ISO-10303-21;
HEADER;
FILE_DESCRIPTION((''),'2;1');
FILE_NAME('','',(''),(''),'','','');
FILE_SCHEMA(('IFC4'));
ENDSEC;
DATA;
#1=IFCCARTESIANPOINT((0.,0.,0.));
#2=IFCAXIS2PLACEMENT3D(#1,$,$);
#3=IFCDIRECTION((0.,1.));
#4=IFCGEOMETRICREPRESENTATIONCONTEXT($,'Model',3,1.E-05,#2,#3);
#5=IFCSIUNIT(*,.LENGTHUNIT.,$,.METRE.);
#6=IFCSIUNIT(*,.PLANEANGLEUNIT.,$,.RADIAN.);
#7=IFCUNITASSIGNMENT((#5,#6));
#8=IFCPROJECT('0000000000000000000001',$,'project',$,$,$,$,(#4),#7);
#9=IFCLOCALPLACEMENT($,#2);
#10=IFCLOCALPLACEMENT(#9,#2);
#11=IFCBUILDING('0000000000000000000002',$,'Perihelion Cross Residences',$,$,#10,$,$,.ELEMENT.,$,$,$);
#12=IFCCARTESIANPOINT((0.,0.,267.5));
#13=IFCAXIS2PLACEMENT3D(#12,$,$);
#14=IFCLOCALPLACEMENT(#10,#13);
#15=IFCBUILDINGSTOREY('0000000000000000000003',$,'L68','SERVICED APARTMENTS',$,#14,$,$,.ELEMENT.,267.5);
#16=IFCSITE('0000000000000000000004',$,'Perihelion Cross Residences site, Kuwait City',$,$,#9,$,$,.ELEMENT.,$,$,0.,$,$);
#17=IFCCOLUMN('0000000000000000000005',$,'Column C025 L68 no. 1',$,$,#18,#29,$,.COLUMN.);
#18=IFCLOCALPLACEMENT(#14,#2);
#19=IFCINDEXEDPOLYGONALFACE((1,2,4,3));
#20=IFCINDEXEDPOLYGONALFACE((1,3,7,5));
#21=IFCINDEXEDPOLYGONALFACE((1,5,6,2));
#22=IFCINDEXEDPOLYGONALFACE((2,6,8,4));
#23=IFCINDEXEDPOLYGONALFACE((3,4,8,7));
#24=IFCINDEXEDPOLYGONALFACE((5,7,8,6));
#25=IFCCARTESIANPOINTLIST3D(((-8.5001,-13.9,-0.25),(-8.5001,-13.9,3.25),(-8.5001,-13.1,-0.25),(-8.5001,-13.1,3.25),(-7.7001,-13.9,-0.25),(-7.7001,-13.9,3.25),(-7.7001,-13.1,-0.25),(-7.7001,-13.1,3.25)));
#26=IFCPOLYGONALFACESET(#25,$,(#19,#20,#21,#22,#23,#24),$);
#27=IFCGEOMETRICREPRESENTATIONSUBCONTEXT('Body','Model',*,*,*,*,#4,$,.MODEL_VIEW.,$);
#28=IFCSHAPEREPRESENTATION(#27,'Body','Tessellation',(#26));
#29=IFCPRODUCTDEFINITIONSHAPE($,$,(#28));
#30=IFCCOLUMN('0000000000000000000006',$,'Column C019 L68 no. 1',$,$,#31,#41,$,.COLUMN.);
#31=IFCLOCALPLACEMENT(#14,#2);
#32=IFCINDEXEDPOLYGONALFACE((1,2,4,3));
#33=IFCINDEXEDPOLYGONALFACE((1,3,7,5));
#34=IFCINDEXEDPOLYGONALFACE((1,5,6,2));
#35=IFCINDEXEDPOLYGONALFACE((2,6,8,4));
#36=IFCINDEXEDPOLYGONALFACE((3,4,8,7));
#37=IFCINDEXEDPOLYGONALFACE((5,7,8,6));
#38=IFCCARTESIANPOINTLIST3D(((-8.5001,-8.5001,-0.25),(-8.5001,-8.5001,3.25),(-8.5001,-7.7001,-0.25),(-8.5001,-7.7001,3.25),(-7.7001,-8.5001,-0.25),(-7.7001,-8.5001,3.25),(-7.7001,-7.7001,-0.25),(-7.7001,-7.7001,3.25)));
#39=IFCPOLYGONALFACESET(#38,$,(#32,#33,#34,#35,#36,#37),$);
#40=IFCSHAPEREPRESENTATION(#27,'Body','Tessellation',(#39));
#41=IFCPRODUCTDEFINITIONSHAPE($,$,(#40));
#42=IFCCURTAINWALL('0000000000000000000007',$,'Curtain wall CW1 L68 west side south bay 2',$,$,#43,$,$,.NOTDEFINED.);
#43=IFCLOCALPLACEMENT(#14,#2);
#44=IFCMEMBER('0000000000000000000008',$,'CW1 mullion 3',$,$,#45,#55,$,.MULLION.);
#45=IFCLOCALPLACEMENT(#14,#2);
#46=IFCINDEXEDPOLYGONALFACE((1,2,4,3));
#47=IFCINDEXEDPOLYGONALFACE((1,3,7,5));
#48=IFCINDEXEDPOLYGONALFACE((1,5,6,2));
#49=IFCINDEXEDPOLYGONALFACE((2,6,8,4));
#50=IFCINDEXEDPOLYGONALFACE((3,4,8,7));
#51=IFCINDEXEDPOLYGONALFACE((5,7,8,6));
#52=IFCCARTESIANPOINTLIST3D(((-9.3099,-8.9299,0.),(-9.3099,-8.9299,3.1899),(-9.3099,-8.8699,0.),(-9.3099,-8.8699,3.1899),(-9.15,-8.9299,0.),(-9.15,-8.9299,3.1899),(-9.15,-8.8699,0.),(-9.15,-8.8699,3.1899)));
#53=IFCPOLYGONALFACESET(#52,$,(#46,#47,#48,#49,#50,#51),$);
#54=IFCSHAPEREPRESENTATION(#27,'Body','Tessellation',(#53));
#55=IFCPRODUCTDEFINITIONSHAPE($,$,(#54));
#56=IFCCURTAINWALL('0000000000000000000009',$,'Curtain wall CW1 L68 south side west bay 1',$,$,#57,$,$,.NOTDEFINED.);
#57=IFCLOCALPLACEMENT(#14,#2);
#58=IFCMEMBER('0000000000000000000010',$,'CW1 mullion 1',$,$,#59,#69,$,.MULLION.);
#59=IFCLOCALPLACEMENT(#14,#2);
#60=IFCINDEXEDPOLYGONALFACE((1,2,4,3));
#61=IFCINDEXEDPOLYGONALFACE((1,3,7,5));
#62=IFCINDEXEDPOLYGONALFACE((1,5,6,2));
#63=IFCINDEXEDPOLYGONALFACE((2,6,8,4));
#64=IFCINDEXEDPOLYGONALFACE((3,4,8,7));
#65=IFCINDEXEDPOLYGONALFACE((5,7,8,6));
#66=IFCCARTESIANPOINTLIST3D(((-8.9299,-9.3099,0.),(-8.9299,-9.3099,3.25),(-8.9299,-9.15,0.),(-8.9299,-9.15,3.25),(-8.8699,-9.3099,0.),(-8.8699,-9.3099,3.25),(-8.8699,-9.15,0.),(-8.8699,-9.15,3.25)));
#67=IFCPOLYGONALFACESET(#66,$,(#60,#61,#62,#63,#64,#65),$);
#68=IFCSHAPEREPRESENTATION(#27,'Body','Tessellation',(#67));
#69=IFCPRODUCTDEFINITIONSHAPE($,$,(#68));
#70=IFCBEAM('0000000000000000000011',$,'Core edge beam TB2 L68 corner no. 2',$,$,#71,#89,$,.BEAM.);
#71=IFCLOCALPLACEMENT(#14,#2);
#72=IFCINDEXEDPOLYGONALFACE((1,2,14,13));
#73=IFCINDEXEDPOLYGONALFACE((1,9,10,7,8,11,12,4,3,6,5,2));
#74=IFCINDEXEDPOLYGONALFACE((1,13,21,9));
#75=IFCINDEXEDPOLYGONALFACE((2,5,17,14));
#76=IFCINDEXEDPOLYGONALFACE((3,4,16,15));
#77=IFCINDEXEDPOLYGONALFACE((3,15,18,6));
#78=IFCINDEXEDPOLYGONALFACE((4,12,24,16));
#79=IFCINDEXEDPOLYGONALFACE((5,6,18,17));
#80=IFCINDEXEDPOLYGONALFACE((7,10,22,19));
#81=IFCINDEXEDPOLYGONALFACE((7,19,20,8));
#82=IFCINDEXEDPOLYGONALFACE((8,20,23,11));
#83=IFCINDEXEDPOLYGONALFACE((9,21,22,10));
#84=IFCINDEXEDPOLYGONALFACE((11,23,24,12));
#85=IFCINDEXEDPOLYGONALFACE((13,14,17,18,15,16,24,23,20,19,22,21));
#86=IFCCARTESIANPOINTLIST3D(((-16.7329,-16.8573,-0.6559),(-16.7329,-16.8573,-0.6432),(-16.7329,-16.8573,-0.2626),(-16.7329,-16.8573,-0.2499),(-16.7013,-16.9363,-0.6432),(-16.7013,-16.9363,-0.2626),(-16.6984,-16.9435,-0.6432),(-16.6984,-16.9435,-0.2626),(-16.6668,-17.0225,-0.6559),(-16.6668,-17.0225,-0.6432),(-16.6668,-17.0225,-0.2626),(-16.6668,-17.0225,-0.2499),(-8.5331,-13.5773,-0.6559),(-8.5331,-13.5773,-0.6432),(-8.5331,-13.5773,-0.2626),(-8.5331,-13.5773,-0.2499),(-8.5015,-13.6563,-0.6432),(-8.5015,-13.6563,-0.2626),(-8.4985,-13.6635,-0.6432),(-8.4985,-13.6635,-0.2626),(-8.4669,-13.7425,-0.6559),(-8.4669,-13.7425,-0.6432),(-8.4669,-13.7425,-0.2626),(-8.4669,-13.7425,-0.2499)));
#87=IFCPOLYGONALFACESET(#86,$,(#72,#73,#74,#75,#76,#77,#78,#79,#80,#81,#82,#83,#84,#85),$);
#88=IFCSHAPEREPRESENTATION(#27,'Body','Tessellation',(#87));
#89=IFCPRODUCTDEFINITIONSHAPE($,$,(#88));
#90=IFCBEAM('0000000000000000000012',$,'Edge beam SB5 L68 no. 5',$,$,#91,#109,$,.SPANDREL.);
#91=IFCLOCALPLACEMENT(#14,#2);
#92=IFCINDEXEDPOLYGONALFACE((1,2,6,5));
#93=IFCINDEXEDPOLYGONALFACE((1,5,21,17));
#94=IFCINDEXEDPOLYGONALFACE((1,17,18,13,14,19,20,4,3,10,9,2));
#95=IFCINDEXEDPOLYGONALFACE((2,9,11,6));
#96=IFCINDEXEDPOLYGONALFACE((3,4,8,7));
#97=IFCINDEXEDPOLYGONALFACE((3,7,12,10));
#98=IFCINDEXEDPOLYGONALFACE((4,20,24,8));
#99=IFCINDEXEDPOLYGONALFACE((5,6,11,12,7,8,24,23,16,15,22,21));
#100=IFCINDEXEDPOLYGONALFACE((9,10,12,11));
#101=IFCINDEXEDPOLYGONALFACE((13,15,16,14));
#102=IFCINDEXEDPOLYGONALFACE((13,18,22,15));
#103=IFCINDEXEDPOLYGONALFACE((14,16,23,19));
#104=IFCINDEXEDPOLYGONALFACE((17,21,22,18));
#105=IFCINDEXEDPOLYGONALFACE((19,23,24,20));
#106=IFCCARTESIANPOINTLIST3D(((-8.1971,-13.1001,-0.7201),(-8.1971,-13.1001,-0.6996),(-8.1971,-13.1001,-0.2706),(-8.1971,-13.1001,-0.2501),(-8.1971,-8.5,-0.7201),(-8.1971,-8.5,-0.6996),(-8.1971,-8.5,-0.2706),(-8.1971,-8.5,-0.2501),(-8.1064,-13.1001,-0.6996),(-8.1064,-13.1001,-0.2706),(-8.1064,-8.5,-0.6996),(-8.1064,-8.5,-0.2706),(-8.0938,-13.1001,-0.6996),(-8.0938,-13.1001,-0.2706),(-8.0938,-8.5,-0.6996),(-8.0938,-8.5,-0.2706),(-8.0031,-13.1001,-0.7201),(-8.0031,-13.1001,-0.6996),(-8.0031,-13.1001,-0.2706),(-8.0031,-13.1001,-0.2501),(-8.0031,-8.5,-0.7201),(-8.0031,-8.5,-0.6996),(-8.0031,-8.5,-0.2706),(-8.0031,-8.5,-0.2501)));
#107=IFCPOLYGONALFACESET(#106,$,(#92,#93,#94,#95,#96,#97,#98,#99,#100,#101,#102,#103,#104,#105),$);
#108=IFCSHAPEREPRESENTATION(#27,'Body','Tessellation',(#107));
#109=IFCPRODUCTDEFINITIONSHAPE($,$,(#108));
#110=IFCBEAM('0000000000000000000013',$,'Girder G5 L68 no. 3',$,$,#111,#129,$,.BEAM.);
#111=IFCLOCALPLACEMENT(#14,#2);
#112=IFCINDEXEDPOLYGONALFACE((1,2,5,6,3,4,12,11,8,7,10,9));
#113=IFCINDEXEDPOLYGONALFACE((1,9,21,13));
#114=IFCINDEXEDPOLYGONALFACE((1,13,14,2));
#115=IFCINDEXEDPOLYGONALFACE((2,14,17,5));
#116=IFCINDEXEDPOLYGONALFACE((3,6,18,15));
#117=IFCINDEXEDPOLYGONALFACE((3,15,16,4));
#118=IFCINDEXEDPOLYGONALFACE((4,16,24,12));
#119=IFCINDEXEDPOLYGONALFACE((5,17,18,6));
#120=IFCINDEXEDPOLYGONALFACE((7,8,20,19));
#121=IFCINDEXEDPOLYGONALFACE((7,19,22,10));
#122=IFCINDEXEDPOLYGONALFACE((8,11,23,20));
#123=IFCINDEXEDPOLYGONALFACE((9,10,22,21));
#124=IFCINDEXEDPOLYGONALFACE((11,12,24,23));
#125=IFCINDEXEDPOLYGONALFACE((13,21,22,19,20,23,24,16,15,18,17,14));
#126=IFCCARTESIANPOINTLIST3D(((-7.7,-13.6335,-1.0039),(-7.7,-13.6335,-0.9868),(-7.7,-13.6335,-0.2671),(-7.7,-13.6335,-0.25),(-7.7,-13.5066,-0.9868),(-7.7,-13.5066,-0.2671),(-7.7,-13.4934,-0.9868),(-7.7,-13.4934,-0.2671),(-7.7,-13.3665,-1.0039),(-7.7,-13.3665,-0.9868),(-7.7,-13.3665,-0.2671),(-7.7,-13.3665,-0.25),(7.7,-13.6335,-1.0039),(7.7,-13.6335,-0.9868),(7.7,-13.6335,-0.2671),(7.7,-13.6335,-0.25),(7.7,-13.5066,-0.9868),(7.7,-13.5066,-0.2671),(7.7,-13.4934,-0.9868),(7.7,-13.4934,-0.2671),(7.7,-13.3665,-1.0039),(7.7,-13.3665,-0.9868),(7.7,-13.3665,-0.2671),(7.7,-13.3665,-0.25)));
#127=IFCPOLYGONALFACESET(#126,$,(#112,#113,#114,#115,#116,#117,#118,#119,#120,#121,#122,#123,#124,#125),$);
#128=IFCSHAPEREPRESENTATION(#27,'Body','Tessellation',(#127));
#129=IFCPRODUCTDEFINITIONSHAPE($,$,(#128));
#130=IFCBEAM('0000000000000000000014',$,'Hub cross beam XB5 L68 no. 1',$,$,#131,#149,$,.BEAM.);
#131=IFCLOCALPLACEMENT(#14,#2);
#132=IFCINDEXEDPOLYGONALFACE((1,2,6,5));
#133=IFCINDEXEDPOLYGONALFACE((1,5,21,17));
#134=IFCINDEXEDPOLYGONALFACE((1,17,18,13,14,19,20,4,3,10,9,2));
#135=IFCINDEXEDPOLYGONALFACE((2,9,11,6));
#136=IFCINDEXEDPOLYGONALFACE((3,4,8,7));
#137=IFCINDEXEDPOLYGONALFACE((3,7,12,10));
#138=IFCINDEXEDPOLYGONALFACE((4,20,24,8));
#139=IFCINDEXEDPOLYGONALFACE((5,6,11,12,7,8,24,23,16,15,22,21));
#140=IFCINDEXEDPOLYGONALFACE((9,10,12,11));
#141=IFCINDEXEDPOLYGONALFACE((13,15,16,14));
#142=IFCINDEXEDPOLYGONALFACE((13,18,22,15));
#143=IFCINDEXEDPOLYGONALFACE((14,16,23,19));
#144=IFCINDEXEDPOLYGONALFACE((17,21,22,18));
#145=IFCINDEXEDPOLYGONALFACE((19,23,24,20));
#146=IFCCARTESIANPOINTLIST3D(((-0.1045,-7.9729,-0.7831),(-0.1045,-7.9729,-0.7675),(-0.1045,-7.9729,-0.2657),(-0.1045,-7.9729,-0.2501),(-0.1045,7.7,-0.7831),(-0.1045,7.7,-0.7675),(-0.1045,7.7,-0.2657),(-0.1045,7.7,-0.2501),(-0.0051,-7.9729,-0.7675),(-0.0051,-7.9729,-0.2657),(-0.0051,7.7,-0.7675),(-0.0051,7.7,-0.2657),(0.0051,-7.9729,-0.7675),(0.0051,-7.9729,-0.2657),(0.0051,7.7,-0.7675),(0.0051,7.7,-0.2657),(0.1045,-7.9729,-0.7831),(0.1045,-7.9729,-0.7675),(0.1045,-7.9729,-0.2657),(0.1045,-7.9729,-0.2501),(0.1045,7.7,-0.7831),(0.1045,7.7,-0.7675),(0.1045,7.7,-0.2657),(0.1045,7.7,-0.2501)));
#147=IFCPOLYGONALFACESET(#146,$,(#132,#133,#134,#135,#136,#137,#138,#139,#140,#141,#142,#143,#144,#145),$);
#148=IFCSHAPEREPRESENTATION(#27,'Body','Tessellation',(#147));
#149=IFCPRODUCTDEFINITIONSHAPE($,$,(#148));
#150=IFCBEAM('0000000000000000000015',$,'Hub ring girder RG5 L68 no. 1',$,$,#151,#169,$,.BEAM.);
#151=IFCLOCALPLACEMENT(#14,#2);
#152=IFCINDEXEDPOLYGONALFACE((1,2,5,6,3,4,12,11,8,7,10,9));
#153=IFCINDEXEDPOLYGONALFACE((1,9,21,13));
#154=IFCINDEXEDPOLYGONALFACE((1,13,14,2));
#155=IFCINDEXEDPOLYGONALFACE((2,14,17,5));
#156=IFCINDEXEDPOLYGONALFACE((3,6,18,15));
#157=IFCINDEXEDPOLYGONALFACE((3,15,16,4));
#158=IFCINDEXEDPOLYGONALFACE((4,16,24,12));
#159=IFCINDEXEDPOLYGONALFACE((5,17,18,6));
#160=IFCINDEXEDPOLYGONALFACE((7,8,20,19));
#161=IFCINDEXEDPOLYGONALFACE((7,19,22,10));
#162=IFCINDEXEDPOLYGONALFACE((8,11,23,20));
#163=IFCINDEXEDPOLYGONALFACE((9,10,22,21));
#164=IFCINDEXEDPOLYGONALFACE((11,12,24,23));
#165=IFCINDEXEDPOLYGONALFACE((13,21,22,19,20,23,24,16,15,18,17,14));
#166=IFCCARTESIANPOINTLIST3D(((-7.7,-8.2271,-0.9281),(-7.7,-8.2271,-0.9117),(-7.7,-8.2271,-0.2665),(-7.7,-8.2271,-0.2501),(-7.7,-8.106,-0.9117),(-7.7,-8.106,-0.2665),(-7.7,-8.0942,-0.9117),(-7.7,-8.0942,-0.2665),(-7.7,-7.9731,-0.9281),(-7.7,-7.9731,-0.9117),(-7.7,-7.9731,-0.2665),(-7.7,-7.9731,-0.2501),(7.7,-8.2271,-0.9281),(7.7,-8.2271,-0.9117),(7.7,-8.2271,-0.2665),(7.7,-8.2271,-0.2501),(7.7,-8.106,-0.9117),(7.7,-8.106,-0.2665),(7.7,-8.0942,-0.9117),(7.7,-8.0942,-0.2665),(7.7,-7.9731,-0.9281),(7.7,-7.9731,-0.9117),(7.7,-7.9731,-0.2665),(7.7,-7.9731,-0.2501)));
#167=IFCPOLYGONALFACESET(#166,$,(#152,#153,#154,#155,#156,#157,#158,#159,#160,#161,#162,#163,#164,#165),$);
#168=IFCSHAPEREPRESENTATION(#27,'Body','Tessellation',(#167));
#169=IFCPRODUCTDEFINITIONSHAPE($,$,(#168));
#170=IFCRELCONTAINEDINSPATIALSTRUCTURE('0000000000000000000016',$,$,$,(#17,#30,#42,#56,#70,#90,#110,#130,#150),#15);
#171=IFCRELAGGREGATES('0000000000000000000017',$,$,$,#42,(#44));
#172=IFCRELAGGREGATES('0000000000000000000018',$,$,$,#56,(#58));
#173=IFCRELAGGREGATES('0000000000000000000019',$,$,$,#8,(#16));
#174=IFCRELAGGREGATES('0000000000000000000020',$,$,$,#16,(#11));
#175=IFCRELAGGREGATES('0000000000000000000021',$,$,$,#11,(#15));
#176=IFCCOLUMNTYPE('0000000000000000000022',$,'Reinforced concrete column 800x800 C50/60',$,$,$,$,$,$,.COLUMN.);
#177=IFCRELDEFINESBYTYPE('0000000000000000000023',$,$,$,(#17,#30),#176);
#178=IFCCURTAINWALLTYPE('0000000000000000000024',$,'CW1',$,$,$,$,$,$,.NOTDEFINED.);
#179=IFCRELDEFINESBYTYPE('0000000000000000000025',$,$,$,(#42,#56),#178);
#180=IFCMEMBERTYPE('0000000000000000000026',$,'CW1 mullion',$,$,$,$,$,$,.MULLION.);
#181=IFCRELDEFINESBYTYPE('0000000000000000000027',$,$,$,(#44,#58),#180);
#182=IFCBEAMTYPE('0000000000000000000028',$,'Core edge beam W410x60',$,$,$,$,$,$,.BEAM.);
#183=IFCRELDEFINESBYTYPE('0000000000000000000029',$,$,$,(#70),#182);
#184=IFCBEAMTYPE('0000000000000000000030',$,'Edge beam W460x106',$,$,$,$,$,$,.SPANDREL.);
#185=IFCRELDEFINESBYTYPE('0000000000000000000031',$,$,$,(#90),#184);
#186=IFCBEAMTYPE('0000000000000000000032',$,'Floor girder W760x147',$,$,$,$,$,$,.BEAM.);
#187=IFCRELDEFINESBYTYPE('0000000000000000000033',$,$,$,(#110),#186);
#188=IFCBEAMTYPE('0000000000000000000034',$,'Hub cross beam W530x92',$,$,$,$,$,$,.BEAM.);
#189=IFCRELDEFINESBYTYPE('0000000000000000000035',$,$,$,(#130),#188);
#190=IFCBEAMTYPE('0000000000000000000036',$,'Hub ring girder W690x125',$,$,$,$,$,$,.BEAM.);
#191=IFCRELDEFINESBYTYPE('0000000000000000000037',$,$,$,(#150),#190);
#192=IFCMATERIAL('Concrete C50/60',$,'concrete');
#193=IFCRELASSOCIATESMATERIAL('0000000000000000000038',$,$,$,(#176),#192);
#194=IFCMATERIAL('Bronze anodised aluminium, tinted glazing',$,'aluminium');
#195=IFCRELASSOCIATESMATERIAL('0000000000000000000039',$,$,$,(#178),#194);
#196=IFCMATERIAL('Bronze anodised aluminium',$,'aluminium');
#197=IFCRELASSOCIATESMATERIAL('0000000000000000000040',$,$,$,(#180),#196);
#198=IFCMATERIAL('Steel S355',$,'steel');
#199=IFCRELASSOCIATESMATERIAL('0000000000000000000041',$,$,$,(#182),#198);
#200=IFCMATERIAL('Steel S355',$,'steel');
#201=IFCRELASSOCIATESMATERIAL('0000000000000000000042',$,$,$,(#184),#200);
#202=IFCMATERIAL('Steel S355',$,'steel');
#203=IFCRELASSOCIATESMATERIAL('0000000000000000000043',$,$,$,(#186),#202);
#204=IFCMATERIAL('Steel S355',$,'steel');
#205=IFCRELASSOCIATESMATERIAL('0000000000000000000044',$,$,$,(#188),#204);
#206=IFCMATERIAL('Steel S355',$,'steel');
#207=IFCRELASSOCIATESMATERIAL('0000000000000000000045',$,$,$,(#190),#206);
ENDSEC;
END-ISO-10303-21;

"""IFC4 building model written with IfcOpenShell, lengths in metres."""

from ifc_helpers import new_model, si_unit, direction, frame, origin, origin_2d, place, context, subcontext, project, spatial, rectangle, i_section, extrude, material, material_profile, profile_set, type_object, element, aggregate, save


model = new_model("IFC4")

# Units and contexts
model_context = context("Model", 3, precision=1e-05, world=origin(), true_north=direction((0.0, 1.0)))
body_context = subcontext(model_context, "Body", "Model", "MODEL_VIEW")
ifc_project = project(units=[si_unit("LENGTHUNIT", "METRE"), si_unit("PLANEANGLEUNIT", "RADIAN")], contexts=[model_context])

# Site, building, storey
site_placement = place(None, origin())
site = spatial("IfcSite", under=ifc_project, at=site_placement, Name="Perihelion Cross Residences site, Kuwait City", CompositionType="ELEMENT", RefElevation=0.0)
building_placement = place(site_placement, origin())
building = spatial("IfcBuilding", under=site, at=building_placement, Name="Perihelion Cross Residences", CompositionType="ELEMENT")
storey_placement = place(building_placement, frame((0.0, 0.0, 267.5)))
storey = spatial("IfcBuildingStorey", under=building, at=storey_placement, Name="L68", Description="SERVICED APARTMENTS", CompositionType="ELEMENT", Elevation=267.5)

# Columns
ifc_material_1 = material(Name="Concrete C50/60", Category="concrete")
ifc_material_profile_1 = material_profile(ifc_material_1, rectangle(XDim=0.8, YDim=0.8, at=origin_2d()), Name="RC 800x800")
ifc_profile_set_1 = profile_set([ifc_material_profile_1], Name="Concrete C50/60")
column_type = type_object("IfcColumnType", Name="Reinforced concrete column 800x800 C50/60", PredefinedType="COLUMN", material=ifc_profile_set_1)
for number, where, z_axis, x_axis, name in (
    (1, (-8.1001, -13.5, -0.25), (0.0, 0.0, 1.0), (1.0, 0.0, 0.0), "Column C025 L68 no. 1"),
    (2, (-8.1001, -8.1001, -0.25), (0.0, 0.0, 1.0), (1.0, 0.0, 0.0), "Column C019 L68 no. 1"),
):
    element("IfcColumn", number, at=place(storey_placement, frame(where, z_axis=z_axis, x_axis=x_axis)), inside=storey, type_object=column_type, Name=name, PredefinedType="COLUMN", context=body_context, shape_type="SweptSolid", body=[
        extrude(rectangle(XDim=0.8, YDim=0.8, at=origin_2d()), origin(), (0.0, 0.0, 1.0), 3.5),
    ])

# Curtain walls, members
ifc_material_2 = material(Name="Bronze anodised aluminium, tinted glazing", Category="aluminium")
curtain_wall_type = type_object("IfcCurtainWallType", Name="CW1", PredefinedType="NOTDEFINED", material=ifc_material_2)
curtain_wall_1_placement = place(storey_placement, origin())
curtain_wall_1 = element("IfcCurtainWall", 3, at=curtain_wall_1_placement, inside=storey, type_object=curtain_wall_type, Name="Curtain wall CW1 L68 west side south bay 2", PredefinedType="NOTDEFINED")
ifc_material_3 = material(Name="Bronze anodised aluminium", Category="aluminium")
ifc_material_profile_2 = material_profile(ifc_material_3, rectangle(XDim=0.0601, YDim=0.1599, at=origin_2d()), Name="CW1 mullion")
ifc_profile_set_2 = profile_set([ifc_material_profile_2], Name="Bronze anodised aluminium")
member_type = type_object("IfcMemberType", Name="CW1 mullion", PredefinedType="MULLION", material=ifc_profile_set_2)
member_1_placement = place(storey_placement, frame((-9.23, -8.8999, 0.0), z_axis=(0.0, 0.0, 1.0), x_axis=(0.0, 1.0, 0.0)))
member_1 = element("IfcMember", 4, at=member_1_placement, type_object=member_type, Name="CW1 mullion 3", PredefinedType="MULLION", context=body_context, shape_type="SweptSolid", body=[
    extrude(rectangle(XDim=0.0601, YDim=0.1599, at=origin_2d()), origin(), (0.0, 0.0, 1.0), 3.1899),
])
curtain_wall_2_placement = place(storey_placement, origin())
curtain_wall_2 = element("IfcCurtainWall", 5, at=curtain_wall_2_placement, inside=storey, type_object=curtain_wall_type, Name="Curtain wall CW1 L68 south side west bay 1", PredefinedType="NOTDEFINED")
member_2_placement = place(storey_placement, frame((-8.8999, -9.23, 0.0), z_axis=(0.0, 0.0, 1.0), x_axis=(1.0, 0.0, 0.0)))
member_2 = element("IfcMember", 6, at=member_2_placement, type_object=member_type, Name="CW1 mullion 1", PredefinedType="MULLION", context=body_context, shape_type="SweptSolid", body=[
    extrude(rectangle(XDim=0.0601, YDim=0.1599, at=origin_2d()), origin(), (0.0, 0.0, 1.0), 3.25),
])

# Beams
ifc_material_4 = material(Name="Steel S355", Category="steel")
ifc_material_profile_3 = material_profile(ifc_material_4, i_section(OverallWidth=0.178, OverallDepth=0.406, WebThickness=0.0078, FlangeThickness=0.0127, at=origin_2d()), Name="W410x60")
ifc_profile_set_3 = profile_set([ifc_material_profile_3], Name="Steel S355")
beam_type_1 = type_object("IfcBeamType", Name="Core edge beam W410x60", PredefinedType="BEAM", material=ifc_profile_set_3)
beam_1_placement = place(storey_placement, frame((-8.5, -13.6599, -0.4529), z_axis=(-0.928475, -0.371395, 0.0), x_axis=(0.371395, -0.928475, 0.0)))
element("IfcBeam", 7, at=beam_1_placement, inside=storey, type_object=beam_type_1, Name="Core edge beam TB2 L68 corner no. 2", PredefinedType="BEAM", context=body_context, shape_type="SweptSolid", body=[
    extrude(i_section(OverallWidth=0.178, OverallDepth=0.406, WebThickness=0.0078, FlangeThickness=0.0127, at=origin_2d()), origin(), (0.0, 0.0, 1.0), 8.8315),
])
ifc_material_5 = material(Name="Steel S355", Category="steel")
ifc_material_profile_4 = material_profile(ifc_material_5, i_section(OverallWidth=0.1941, OverallDepth=0.47, WebThickness=0.0127, FlangeThickness=0.0205, at=origin_2d()), Name="W460x106")
ifc_profile_set_4 = profile_set([ifc_material_profile_4], Name="Steel S355")
beam_type_2 = type_object("IfcBeamType", Name="Edge beam W460x106", PredefinedType="SPANDREL", material=ifc_profile_set_4)
beam_2_placement = place(storey_placement, frame((-8.1001, -8.5, -0.4851), z_axis=(0.0, -1.0, 0.0), x_axis=(1.0, 0.0, 0.0)))
element("IfcBeam", 8, at=beam_2_placement, inside=storey, type_object=beam_type_2, Name="Edge beam SB5 L68 no. 5", PredefinedType="SPANDREL", context=body_context, shape_type="SweptSolid", body=[
    extrude(i_section(OverallWidth=0.1941, OverallDepth=0.47, WebThickness=0.0127, FlangeThickness=0.0205, at=origin_2d()), origin(), (0.0, 0.0, 1.0), 4.6001),
])
ifc_material_6 = material(Name="Steel S355", Category="steel")
ifc_material_profile_5 = material_profile(ifc_material_6, i_section(OverallWidth=0.2671, OverallDepth=0.7539, WebThickness=0.0132, FlangeThickness=0.0171, at=origin_2d()), Name="W760x147")
ifc_profile_set_5 = profile_set([ifc_material_profile_5], Name="Steel S355")
beam_type_3 = type_object("IfcBeamType", Name="Floor girder W760x147", PredefinedType="BEAM", material=ifc_profile_set_5)
beam_3_placement = place(storey_placement, frame((-7.7, -13.5, -0.627), z_axis=(1.0, 0.0, 0.0), x_axis=(0.0, 1.0, 0.0)))
element("IfcBeam", 9, at=beam_3_placement, inside=storey, type_object=beam_type_3, Name="Girder G5 L68 no. 3", PredefinedType="BEAM", context=body_context, shape_type="SweptSolid", body=[
    extrude(i_section(OverallWidth=0.2671, OverallDepth=0.7539, WebThickness=0.0132, FlangeThickness=0.0171, at=origin_2d()), origin(), (0.0, 0.0, 1.0), 15.3999),
])
ifc_material_7 = material(Name="Steel S355", Category="steel")
ifc_material_profile_6 = material_profile(ifc_material_7, i_section(OverallWidth=0.209, OverallDepth=0.533, WebThickness=0.0103, FlangeThickness=0.0156, at=origin_2d()), Name="W530x92")
ifc_profile_set_6 = profile_set([ifc_material_profile_6], Name="Steel S355")
beam_type_4 = type_object("IfcBeamType", Name="Hub cross beam W530x92", PredefinedType="BEAM", material=ifc_profile_set_6)
beam_4_placement = place(storey_placement, frame((0.0, -7.9729, -0.5166), z_axis=(0.0, 1.0, 0.0), x_axis=(-1.0, 0.0, 0.0)))
element("IfcBeam", 10, at=beam_4_placement, inside=storey, type_object=beam_type_4, Name="Hub cross beam XB5 L68 no. 1", PredefinedType="BEAM", context=body_context, shape_type="SweptSolid", body=[
    extrude(i_section(OverallWidth=0.209, OverallDepth=0.533, WebThickness=0.0103, FlangeThickness=0.0156, at=origin_2d()), origin(), (0.0, 0.0, 1.0), 15.6729),
])
ifc_material_8 = material(Name="Steel S355", Category="steel")
ifc_material_profile_7 = material_profile(ifc_material_8, i_section(OverallWidth=0.2539, OverallDepth=0.678, WebThickness=0.0117, FlangeThickness=0.0164, at=origin_2d()), Name="W690x125")
ifc_profile_set_7 = profile_set([ifc_material_profile_7], Name="Steel S355")
beam_type_5 = type_object("IfcBeamType", Name="Hub ring girder W690x125", PredefinedType="BEAM", material=ifc_profile_set_7)
beam_5_placement = place(storey_placement, frame((-7.7, -8.1001, -0.5891), z_axis=(1.0, 0.0, 0.0), x_axis=(0.0, 1.0, 0.0)))
element("IfcBeam", 11, at=beam_5_placement, inside=storey, type_object=beam_type_5, Name="Hub ring girder RG5 L68 no. 1", PredefinedType="BEAM", context=body_context, shape_type="SweptSolid", body=[
    extrude(i_section(OverallWidth=0.2539, OverallDepth=0.678, WebThickness=0.0117, FlangeThickness=0.0164, at=origin_2d()), origin(), (0.0, 0.0, 1.0), 15.3999),
])

aggregate(curtain_wall_1, [member_1])
aggregate(curtain_wall_2, [member_2])

save(model, "model.ifc")
